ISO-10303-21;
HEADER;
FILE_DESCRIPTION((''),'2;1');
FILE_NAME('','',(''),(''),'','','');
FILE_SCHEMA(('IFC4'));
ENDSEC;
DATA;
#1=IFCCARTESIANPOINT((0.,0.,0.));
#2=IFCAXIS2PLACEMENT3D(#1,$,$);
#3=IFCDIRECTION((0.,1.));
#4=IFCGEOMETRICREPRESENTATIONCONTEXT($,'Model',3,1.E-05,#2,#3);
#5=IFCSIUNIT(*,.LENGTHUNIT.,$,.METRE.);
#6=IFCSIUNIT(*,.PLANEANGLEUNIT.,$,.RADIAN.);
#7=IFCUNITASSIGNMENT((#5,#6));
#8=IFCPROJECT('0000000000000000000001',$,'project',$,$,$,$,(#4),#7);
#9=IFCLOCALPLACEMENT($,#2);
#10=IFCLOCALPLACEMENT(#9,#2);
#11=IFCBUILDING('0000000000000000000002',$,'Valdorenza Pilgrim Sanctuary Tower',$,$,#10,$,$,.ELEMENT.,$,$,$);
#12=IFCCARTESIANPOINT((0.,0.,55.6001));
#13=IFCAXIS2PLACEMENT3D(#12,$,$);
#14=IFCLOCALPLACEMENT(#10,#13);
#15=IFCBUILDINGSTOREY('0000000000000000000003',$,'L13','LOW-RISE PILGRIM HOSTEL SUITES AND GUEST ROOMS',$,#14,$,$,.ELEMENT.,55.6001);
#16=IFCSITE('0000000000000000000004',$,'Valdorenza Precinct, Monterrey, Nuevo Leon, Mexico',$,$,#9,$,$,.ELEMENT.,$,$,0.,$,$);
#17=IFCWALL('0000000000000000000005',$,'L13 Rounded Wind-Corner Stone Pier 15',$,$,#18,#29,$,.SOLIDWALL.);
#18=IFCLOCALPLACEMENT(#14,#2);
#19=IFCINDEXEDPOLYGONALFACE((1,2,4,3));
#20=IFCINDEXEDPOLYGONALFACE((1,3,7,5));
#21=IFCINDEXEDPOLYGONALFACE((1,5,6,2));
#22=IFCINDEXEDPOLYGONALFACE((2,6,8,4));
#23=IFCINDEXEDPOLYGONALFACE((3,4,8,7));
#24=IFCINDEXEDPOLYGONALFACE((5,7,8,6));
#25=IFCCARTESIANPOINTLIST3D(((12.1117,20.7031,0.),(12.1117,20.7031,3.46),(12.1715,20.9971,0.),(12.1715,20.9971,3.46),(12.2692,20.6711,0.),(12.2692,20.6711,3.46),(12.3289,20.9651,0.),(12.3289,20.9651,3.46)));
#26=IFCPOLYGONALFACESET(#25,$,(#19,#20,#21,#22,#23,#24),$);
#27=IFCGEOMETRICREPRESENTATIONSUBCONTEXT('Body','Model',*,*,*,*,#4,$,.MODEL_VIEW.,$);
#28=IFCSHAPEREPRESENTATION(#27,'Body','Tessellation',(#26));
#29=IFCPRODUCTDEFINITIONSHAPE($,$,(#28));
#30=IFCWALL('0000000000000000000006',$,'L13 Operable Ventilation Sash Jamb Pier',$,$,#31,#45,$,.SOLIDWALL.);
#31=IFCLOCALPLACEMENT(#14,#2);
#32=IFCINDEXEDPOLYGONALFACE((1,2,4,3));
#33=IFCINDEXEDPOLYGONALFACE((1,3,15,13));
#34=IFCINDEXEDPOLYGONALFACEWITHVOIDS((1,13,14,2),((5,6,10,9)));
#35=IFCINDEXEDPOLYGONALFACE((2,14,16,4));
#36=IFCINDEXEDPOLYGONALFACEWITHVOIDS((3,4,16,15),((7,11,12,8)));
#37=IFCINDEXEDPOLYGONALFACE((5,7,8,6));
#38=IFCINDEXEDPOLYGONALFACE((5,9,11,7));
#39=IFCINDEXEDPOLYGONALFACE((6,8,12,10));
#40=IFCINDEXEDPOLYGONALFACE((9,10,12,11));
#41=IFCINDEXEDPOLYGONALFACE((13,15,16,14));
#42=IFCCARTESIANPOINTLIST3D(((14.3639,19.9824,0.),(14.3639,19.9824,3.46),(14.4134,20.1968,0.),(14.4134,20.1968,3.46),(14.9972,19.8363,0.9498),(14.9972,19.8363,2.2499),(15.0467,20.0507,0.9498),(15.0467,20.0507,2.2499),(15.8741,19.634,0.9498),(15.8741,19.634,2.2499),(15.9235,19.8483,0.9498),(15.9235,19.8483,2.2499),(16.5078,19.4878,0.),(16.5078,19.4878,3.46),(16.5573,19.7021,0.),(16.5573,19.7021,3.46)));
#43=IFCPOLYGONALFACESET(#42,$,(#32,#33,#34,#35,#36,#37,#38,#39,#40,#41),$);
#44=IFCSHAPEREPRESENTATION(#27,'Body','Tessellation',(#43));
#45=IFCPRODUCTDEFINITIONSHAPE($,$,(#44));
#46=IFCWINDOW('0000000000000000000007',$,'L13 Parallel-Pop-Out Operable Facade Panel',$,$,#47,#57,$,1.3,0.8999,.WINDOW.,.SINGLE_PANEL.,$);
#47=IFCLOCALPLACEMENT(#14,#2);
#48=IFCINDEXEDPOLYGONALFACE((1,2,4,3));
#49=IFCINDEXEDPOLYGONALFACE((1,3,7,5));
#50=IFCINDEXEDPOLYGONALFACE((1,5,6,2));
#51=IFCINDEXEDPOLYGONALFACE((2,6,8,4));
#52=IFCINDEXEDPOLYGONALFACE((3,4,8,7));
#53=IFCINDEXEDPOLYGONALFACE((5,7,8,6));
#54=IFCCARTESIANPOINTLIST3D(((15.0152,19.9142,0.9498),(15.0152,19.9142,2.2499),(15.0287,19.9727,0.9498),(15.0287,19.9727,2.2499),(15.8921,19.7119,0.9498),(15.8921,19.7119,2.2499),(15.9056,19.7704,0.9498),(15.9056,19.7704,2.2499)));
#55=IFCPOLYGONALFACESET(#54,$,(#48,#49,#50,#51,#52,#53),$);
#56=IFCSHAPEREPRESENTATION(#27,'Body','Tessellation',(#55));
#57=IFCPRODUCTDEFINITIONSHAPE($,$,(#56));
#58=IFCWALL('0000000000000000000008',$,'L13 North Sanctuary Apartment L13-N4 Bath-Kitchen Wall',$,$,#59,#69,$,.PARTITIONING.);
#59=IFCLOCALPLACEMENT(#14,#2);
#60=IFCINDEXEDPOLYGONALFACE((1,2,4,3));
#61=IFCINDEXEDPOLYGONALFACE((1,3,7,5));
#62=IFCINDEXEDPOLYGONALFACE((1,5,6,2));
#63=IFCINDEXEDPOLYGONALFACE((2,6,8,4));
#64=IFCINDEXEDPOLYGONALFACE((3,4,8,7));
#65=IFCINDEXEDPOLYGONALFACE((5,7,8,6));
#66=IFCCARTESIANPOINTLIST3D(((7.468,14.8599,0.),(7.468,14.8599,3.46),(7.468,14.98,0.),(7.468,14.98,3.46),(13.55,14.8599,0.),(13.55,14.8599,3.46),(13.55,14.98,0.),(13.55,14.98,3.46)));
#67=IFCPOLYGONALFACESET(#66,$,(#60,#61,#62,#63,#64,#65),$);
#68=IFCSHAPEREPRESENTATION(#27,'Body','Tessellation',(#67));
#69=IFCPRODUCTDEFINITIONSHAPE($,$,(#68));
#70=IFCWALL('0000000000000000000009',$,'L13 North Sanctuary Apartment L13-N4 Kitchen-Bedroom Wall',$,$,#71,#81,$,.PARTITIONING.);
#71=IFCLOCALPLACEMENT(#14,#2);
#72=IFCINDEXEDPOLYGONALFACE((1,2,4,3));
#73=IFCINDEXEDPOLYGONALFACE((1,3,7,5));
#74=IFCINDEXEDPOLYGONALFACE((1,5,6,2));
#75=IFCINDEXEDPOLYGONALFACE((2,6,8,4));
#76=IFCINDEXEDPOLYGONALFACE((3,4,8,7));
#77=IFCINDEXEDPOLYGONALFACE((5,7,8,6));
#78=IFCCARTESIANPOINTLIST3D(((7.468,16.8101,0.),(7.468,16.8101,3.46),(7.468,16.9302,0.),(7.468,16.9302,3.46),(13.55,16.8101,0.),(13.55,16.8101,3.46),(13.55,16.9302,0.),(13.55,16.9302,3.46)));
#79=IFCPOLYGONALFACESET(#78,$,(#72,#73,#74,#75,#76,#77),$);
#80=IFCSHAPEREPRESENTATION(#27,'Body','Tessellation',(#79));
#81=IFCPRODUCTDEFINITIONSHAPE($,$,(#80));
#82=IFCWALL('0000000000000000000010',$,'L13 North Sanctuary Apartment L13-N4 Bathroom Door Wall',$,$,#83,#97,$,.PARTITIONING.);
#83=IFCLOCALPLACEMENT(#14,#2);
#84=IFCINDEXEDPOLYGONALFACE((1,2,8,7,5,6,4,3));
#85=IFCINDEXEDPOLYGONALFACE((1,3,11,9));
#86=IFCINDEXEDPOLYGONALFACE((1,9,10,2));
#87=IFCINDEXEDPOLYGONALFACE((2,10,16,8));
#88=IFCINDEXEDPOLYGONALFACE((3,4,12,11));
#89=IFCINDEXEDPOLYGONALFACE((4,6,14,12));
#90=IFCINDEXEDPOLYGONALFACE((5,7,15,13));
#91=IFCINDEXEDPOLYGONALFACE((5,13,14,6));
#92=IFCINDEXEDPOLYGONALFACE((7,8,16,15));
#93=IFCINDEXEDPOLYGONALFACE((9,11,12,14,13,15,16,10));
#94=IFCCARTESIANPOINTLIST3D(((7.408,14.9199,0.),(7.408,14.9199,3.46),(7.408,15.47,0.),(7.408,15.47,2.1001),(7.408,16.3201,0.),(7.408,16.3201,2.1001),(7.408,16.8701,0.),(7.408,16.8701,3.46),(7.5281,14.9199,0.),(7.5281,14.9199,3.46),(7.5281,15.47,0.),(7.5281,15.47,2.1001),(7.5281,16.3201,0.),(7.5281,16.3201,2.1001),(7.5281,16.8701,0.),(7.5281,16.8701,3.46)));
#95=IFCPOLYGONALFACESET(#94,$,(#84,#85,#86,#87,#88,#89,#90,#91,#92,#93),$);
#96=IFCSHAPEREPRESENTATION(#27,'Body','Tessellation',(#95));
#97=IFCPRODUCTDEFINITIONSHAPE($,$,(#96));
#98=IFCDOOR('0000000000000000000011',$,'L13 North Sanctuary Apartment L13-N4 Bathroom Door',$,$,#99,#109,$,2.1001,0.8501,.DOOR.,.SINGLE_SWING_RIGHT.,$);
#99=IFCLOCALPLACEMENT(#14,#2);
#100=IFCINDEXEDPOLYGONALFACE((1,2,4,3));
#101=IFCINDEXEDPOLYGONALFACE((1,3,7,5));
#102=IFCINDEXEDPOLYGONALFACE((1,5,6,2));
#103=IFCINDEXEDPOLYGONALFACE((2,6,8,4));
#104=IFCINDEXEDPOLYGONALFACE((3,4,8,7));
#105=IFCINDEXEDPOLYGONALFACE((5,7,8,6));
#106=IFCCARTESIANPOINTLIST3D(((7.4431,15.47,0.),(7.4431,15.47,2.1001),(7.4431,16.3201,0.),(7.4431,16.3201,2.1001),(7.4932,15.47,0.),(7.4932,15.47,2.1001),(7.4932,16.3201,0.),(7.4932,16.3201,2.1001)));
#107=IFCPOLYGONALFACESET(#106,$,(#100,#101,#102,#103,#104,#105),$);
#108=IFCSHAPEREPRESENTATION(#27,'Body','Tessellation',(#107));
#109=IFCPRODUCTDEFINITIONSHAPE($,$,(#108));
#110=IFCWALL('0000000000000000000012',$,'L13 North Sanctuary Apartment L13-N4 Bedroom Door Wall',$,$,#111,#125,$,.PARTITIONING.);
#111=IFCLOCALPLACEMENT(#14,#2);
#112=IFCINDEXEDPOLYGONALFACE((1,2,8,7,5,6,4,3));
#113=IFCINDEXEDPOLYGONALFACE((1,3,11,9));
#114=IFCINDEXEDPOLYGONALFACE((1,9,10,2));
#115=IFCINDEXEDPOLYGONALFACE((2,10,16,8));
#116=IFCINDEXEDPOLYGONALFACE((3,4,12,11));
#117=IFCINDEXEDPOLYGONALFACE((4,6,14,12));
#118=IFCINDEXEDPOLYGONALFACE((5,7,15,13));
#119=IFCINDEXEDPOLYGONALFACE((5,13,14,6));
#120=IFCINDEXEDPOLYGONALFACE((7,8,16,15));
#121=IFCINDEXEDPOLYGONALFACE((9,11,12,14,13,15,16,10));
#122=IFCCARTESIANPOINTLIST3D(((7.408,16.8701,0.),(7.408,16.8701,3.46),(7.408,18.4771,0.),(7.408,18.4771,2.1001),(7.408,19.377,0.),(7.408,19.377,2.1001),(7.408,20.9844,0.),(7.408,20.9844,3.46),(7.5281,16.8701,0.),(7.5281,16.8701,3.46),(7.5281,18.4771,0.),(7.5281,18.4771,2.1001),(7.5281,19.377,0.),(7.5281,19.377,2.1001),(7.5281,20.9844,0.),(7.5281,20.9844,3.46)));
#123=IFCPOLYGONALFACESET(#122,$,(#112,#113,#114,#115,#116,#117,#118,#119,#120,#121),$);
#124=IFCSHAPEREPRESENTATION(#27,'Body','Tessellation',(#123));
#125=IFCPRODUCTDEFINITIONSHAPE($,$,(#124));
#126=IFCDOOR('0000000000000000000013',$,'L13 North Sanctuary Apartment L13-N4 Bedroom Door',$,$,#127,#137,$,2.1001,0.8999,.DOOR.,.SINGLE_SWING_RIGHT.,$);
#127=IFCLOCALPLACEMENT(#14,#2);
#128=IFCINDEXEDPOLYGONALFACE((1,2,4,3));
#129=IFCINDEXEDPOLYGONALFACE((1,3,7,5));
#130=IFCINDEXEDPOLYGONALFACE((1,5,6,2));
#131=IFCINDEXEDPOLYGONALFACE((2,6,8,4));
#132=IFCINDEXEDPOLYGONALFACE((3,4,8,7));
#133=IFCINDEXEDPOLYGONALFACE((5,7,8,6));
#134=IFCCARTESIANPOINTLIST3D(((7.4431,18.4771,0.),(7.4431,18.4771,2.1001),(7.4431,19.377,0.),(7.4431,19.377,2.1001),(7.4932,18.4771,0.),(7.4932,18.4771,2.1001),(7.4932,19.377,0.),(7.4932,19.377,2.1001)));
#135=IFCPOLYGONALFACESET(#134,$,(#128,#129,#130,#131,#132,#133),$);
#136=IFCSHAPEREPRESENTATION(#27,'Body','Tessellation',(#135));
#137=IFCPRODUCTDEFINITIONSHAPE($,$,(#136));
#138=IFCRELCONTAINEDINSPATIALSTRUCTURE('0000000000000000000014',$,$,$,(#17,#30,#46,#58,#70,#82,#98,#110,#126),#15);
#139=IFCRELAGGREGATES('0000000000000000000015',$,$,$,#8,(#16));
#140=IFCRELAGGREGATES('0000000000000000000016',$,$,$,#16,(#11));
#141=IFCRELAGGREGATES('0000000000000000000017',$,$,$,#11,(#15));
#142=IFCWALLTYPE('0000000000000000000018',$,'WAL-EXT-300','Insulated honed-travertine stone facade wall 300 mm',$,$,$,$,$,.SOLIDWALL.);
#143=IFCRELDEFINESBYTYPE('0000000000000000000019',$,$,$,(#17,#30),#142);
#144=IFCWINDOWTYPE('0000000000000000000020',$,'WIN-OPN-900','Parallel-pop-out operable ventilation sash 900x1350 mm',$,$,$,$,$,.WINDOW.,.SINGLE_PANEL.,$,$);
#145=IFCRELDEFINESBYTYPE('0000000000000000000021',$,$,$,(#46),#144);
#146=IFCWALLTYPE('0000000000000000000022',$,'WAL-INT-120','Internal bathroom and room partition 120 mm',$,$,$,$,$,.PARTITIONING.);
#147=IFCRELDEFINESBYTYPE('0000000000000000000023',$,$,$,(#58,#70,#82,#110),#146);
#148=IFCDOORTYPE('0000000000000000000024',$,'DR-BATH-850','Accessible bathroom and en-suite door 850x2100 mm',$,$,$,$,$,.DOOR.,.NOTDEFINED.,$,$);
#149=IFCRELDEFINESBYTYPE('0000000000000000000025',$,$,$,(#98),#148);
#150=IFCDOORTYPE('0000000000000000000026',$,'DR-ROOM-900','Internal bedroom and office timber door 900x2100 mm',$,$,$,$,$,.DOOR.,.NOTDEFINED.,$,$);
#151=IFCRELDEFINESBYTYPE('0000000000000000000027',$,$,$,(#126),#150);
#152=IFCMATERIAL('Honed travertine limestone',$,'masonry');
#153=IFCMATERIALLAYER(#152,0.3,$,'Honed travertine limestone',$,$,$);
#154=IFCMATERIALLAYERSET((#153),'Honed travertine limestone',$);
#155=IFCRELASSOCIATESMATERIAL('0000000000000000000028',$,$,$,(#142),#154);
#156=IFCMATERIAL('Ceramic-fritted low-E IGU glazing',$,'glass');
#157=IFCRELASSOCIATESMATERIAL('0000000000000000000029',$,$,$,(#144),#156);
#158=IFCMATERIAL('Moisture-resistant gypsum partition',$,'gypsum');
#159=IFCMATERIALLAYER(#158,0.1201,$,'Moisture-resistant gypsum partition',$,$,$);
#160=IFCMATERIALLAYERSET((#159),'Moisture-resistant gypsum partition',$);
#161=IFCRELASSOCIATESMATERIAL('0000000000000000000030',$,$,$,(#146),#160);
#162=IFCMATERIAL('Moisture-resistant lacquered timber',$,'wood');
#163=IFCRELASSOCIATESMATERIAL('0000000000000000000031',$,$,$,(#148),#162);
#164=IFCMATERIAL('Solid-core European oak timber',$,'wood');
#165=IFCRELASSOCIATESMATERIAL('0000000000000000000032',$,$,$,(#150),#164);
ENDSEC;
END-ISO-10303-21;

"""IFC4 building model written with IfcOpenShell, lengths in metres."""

from ifc_helpers import new_model, si_unit, direction, frame, frame_2d, origin, place, context, subcontext, project, spatial, rectangle, extrude, material, layer, layer_set, type_object, element, fill, save


model = new_model("IFC4")

# Units and contexts
model_context = context("Model", 3, precision=1e-05, world=origin(), true_north=direction((0.0, 1.0)))
body_context = subcontext(model_context, "Body", "Model", "MODEL_VIEW")
ifc_project = project(units=[si_unit("LENGTHUNIT", "METRE"), si_unit("PLANEANGLEUNIT", "RADIAN")], contexts=[model_context])

# Site, building, storey
site_placement = place(None, origin())
site = spatial("IfcSite", under=ifc_project, at=site_placement, Name="Valdorenza Precinct, Monterrey, Nuevo Leon, Mexico", CompositionType="ELEMENT", RefElevation=0.0)
building_placement = place(site_placement, origin())
building = spatial("IfcBuilding", under=site, at=building_placement, Name="Valdorenza Pilgrim Sanctuary Tower", CompositionType="ELEMENT")
storey_placement = place(building_placement, frame((0.0, 0.0, 55.6001)))
storey = spatial("IfcBuildingStorey", under=building, at=storey_placement, Name="L13", Description="LOW-RISE PILGRIM HOSTEL SUITES AND GUEST ROOMS", CompositionType="ELEMENT", Elevation=55.6001)

# Shared definitions
ifc_material_1 = material(Name="Ceramic-fritted low-E IGU glazing", Category="glass")
ifc_material_2 = material(Name="Honed travertine limestone", Category="masonry")

# Wall
ifc_layer_1 = layer(ifc_material_2, 0.3, Name="Honed travertine limestone")
ifc_layer_set_1 = layer_set([ifc_layer_1], Name="Honed travertine limestone")
wall_type_1 = type_object("IfcWallType", Name="WAL-EXT-300", Description="Insulated honed-travertine stone facade wall 300 mm", PredefinedType="SOLIDWALL", material=ifc_layer_set_1)
wall_1_placement = place(storey_placement, frame((12.1416, 20.8501, 0.0), z_axis=(0.0, 0.0, 1.0), x_axis=(0.979992, -0.199037, 0.0)))
element("IfcWall", 1, at=wall_1_placement, inside=storey, type_object=wall_type_1, Name="L13 Rounded Wind-Corner Stone Pier 15", PredefinedType="SOLIDWALL", context=body_context, shape_type="SweptSolid", body=[
    extrude(rectangle(XDim=0.1606, YDim=0.3, at=frame_2d((0.0803, 0.0))), origin(), (0.0, 0.0, 1.0), 3.46),
])

# Wall, opening, window
wall_2_placement = place(storey_placement, frame((14.3887, 20.0896, 0.0), z_axis=(0.0, 0.0, 1.0), x_axis=(0.974401, -0.224819, 0.0)))
wall_2 = element("IfcWall", 2, at=wall_2_placement, inside=storey, type_object=wall_type_1, Name="L13 Operable Ventilation Sash Jamb Pier", PredefinedType="SOLIDWALL", context=body_context, shape_type="SweptSolid", body=[
    extrude(rectangle(XDim=2.2002, YDim=0.22, at=frame_2d((1.1001, 0.0))), origin(), (0.0, 0.0, 1.0), 3.46),
])
opening_1_placement = place(wall_2_placement, frame((0.6499, 0.0, 0.95)))
opening_1 = element("IfcOpeningElement", 3, at=opening_1_placement, cuts=wall_2, PredefinedType="OPENING", context=body_context, shape_type="SweptSolid", body=[
    extrude(rectangle(XDim=0.8999, YDim=1.3, at=frame_2d((0.45, 0.6499))), frame((0.0, 0.125, 0.0), z_axis=(0.0, -1.0, 0.0), x_axis=(1.0, 0.0, 0.0)), (0.0, 0.0, 1.0), 0.2498),
])
window_type = type_object("IfcWindowType", Name="WIN-OPN-900", Description="Parallel-pop-out operable ventilation sash 900x1350 mm", PartitioningType="SINGLE_PANEL", PredefinedType="WINDOW", material=ifc_material_1)
window_placement = place(opening_1_placement, origin())
window = element("IfcWindow", 4, at=window_placement, inside=storey, type_object=window_type, Name="L13 Parallel-Pop-Out Operable Facade Panel", OverallHeight=1.3, OverallWidth=0.8999, PartitioningType="SINGLE_PANEL", PredefinedType="WINDOW", context=body_context, shape_type="SweptSolid", body=[
    extrude(rectangle(XDim=0.8999, YDim=1.3, at=frame_2d((0.45, 0.6499))), frame((0.0, 0.03, 0.0), z_axis=(0.0, -1.0, 0.0), x_axis=(1.0, 0.0, 0.0)), (0.0, 0.0, 1.0), 0.0601),
])
fill(opening_1, window)

# Walls
ifc_material_3 = material(Name="Moisture-resistant gypsum partition", Category="gypsum")
ifc_layer_2 = layer(ifc_material_3, 0.1201, Name="Moisture-resistant gypsum partition")
ifc_layer_set_2 = layer_set([ifc_layer_2], Name="Moisture-resistant gypsum partition")
wall_type_2 = type_object("IfcWallType", Name="WAL-INT-120", Description="Internal bathroom and room partition 120 mm", PredefinedType="PARTITIONING", material=ifc_layer_set_2)
for number, where, z_axis, x_axis, name in (
    (5, (7.468, 14.9199, 0.0), (0.0, 0.0, 1.0), (1.0, 0.0, 0.0), "L13 North Sanctuary Apartment L13-N4 Bath-Kitchen Wall"),
    (6, (7.468, 16.8701, 0.0), (0.0, 0.0, 1.0), (1.0, 0.0, 0.0), "L13 North Sanctuary Apartment L13-N4 Kitchen-Bedroom Wall"),
):
    element("IfcWall", number, at=place(storey_placement, frame(where, z_axis=z_axis, x_axis=x_axis)), inside=storey, type_object=wall_type_2, Name=name, PredefinedType="PARTITIONING", context=body_context, shape_type="SweptSolid", body=[
        extrude(rectangle(XDim=6.082, YDim=0.1201, at=frame_2d((3.041, 0.0))), origin(), (0.0, 0.0, 1.0), 3.46),
    ])

# Walls, openings, doors
wall_3_placement = place(storey_placement, frame((7.468, 14.9199, 0.0), z_axis=(0.0, 0.0, 1.0), x_axis=(0.0, 1.0, 0.0)))
wall_3 = element("IfcWall", 7, at=wall_3_placement, inside=storey, type_object=wall_type_2, Name="L13 North Sanctuary Apartment L13-N4 Bathroom Door Wall", PredefinedType="PARTITIONING", context=body_context, shape_type="SweptSolid", body=[
    extrude(rectangle(XDim=1.9502, YDim=0.1201, at=frame_2d((0.9751, 0.0))), origin(), (0.0, 0.0, 1.0), 3.46),
])
opening_2_placement = place(wall_3_placement, frame((0.55, 0.0, 0.0)))
opening_2 = element("IfcOpeningElement", 8, at=opening_2_placement, cuts=wall_3, PredefinedType="OPENING", context=body_context, shape_type="SweptSolid", body=[
    extrude(rectangle(XDim=0.8501, YDim=2.1001, at=frame_2d((0.425, 1.05))), frame((0.0, 0.075, 0.0), z_axis=(0.0, -1.0, 0.0), x_axis=(1.0, 0.0, 0.0)), (0.0, 0.0, 1.0), 0.1499),
])
ifc_material_4 = material(Name="Moisture-resistant lacquered timber", Category="wood")
door_type_1 = type_object("IfcDoorType", Name="DR-BATH-850", Description="Accessible bathroom and en-suite door 850x2100 mm", OperationType="NOTDEFINED", PredefinedType="DOOR", material=ifc_material_4)
door_1_placement = place(opening_2_placement, origin())
door_1 = element("IfcDoor", 9, at=door_1_placement, inside=storey, type_object=door_type_1, Name="L13 North Sanctuary Apartment L13-N4 Bathroom Door", OperationType="SINGLE_SWING_RIGHT", OverallHeight=2.1001, OverallWidth=0.8501, PredefinedType="DOOR", context=body_context, shape_type="SweptSolid", body=[
    extrude(rectangle(XDim=0.8501, YDim=2.1001, at=frame_2d((0.425, 1.05))), frame((0.0, 0.0249, 0.0), z_axis=(0.0, -1.0, 0.0), x_axis=(1.0, 0.0, 0.0)), (0.0, 0.0, 1.0), 0.05),
])
fill(opening_2, door_1)
wall_4_placement = place(storey_placement, frame((7.468, 16.8701, 0.0), z_axis=(0.0, 0.0, 1.0), x_axis=(0.0, 1.0, 0.0)))
wall_4 = element("IfcWall", 10, at=wall_4_placement, inside=storey, type_object=wall_type_2, Name="L13 North Sanctuary Apartment L13-N4 Bedroom Door Wall", PredefinedType="PARTITIONING", context=body_context, shape_type="SweptSolid", body=[
    extrude(rectangle(XDim=4.1143, YDim=0.1201, at=frame_2d((2.0571, 0.0))), origin(), (0.0, 0.0, 1.0), 3.46),
])
opening_3_placement = place(wall_4_placement, frame((1.6069, 0.0, 0.0)))
opening_3 = element("IfcOpeningElement", 11, at=opening_3_placement, cuts=wall_4, PredefinedType="OPENING", context=body_context, shape_type="SweptSolid", body=[
    extrude(rectangle(XDim=0.8999, YDim=2.1001, at=frame_2d((0.45, 1.05))), frame((0.0, 0.075, 0.0), z_axis=(0.0, -1.0, 0.0), x_axis=(1.0, 0.0, 0.0)), (0.0, 0.0, 1.0), 0.1499),
])
ifc_material_5 = material(Name="Solid-core European oak timber", Category="wood")
door_type_2 = type_object("IfcDoorType", Name="DR-ROOM-900", Description="Internal bedroom and office timber door 900x2100 mm", OperationType="NOTDEFINED", PredefinedType="DOOR", material=ifc_material_5)
door_2_placement = place(opening_3_placement, origin())
door_2 = element("IfcDoor", 12, at=door_2_placement, inside=storey, type_object=door_type_2, Name="L13 North Sanctuary Apartment L13-N4 Bedroom Door", OperationType="SINGLE_SWING_RIGHT", OverallHeight=2.1001, OverallWidth=0.8999, PredefinedType="DOOR", context=body_context, shape_type="SweptSolid", body=[
    extrude(rectangle(XDim=0.8999, YDim=2.1001, at=frame_2d((0.45, 1.05))), frame((0.0, 0.0249, 0.0), z_axis=(0.0, -1.0, 0.0), x_axis=(1.0, 0.0, 0.0)), (0.0, 0.0, 1.0), 0.05),
])
fill(opening_3, door_2)

save(model, "model.ifc")
